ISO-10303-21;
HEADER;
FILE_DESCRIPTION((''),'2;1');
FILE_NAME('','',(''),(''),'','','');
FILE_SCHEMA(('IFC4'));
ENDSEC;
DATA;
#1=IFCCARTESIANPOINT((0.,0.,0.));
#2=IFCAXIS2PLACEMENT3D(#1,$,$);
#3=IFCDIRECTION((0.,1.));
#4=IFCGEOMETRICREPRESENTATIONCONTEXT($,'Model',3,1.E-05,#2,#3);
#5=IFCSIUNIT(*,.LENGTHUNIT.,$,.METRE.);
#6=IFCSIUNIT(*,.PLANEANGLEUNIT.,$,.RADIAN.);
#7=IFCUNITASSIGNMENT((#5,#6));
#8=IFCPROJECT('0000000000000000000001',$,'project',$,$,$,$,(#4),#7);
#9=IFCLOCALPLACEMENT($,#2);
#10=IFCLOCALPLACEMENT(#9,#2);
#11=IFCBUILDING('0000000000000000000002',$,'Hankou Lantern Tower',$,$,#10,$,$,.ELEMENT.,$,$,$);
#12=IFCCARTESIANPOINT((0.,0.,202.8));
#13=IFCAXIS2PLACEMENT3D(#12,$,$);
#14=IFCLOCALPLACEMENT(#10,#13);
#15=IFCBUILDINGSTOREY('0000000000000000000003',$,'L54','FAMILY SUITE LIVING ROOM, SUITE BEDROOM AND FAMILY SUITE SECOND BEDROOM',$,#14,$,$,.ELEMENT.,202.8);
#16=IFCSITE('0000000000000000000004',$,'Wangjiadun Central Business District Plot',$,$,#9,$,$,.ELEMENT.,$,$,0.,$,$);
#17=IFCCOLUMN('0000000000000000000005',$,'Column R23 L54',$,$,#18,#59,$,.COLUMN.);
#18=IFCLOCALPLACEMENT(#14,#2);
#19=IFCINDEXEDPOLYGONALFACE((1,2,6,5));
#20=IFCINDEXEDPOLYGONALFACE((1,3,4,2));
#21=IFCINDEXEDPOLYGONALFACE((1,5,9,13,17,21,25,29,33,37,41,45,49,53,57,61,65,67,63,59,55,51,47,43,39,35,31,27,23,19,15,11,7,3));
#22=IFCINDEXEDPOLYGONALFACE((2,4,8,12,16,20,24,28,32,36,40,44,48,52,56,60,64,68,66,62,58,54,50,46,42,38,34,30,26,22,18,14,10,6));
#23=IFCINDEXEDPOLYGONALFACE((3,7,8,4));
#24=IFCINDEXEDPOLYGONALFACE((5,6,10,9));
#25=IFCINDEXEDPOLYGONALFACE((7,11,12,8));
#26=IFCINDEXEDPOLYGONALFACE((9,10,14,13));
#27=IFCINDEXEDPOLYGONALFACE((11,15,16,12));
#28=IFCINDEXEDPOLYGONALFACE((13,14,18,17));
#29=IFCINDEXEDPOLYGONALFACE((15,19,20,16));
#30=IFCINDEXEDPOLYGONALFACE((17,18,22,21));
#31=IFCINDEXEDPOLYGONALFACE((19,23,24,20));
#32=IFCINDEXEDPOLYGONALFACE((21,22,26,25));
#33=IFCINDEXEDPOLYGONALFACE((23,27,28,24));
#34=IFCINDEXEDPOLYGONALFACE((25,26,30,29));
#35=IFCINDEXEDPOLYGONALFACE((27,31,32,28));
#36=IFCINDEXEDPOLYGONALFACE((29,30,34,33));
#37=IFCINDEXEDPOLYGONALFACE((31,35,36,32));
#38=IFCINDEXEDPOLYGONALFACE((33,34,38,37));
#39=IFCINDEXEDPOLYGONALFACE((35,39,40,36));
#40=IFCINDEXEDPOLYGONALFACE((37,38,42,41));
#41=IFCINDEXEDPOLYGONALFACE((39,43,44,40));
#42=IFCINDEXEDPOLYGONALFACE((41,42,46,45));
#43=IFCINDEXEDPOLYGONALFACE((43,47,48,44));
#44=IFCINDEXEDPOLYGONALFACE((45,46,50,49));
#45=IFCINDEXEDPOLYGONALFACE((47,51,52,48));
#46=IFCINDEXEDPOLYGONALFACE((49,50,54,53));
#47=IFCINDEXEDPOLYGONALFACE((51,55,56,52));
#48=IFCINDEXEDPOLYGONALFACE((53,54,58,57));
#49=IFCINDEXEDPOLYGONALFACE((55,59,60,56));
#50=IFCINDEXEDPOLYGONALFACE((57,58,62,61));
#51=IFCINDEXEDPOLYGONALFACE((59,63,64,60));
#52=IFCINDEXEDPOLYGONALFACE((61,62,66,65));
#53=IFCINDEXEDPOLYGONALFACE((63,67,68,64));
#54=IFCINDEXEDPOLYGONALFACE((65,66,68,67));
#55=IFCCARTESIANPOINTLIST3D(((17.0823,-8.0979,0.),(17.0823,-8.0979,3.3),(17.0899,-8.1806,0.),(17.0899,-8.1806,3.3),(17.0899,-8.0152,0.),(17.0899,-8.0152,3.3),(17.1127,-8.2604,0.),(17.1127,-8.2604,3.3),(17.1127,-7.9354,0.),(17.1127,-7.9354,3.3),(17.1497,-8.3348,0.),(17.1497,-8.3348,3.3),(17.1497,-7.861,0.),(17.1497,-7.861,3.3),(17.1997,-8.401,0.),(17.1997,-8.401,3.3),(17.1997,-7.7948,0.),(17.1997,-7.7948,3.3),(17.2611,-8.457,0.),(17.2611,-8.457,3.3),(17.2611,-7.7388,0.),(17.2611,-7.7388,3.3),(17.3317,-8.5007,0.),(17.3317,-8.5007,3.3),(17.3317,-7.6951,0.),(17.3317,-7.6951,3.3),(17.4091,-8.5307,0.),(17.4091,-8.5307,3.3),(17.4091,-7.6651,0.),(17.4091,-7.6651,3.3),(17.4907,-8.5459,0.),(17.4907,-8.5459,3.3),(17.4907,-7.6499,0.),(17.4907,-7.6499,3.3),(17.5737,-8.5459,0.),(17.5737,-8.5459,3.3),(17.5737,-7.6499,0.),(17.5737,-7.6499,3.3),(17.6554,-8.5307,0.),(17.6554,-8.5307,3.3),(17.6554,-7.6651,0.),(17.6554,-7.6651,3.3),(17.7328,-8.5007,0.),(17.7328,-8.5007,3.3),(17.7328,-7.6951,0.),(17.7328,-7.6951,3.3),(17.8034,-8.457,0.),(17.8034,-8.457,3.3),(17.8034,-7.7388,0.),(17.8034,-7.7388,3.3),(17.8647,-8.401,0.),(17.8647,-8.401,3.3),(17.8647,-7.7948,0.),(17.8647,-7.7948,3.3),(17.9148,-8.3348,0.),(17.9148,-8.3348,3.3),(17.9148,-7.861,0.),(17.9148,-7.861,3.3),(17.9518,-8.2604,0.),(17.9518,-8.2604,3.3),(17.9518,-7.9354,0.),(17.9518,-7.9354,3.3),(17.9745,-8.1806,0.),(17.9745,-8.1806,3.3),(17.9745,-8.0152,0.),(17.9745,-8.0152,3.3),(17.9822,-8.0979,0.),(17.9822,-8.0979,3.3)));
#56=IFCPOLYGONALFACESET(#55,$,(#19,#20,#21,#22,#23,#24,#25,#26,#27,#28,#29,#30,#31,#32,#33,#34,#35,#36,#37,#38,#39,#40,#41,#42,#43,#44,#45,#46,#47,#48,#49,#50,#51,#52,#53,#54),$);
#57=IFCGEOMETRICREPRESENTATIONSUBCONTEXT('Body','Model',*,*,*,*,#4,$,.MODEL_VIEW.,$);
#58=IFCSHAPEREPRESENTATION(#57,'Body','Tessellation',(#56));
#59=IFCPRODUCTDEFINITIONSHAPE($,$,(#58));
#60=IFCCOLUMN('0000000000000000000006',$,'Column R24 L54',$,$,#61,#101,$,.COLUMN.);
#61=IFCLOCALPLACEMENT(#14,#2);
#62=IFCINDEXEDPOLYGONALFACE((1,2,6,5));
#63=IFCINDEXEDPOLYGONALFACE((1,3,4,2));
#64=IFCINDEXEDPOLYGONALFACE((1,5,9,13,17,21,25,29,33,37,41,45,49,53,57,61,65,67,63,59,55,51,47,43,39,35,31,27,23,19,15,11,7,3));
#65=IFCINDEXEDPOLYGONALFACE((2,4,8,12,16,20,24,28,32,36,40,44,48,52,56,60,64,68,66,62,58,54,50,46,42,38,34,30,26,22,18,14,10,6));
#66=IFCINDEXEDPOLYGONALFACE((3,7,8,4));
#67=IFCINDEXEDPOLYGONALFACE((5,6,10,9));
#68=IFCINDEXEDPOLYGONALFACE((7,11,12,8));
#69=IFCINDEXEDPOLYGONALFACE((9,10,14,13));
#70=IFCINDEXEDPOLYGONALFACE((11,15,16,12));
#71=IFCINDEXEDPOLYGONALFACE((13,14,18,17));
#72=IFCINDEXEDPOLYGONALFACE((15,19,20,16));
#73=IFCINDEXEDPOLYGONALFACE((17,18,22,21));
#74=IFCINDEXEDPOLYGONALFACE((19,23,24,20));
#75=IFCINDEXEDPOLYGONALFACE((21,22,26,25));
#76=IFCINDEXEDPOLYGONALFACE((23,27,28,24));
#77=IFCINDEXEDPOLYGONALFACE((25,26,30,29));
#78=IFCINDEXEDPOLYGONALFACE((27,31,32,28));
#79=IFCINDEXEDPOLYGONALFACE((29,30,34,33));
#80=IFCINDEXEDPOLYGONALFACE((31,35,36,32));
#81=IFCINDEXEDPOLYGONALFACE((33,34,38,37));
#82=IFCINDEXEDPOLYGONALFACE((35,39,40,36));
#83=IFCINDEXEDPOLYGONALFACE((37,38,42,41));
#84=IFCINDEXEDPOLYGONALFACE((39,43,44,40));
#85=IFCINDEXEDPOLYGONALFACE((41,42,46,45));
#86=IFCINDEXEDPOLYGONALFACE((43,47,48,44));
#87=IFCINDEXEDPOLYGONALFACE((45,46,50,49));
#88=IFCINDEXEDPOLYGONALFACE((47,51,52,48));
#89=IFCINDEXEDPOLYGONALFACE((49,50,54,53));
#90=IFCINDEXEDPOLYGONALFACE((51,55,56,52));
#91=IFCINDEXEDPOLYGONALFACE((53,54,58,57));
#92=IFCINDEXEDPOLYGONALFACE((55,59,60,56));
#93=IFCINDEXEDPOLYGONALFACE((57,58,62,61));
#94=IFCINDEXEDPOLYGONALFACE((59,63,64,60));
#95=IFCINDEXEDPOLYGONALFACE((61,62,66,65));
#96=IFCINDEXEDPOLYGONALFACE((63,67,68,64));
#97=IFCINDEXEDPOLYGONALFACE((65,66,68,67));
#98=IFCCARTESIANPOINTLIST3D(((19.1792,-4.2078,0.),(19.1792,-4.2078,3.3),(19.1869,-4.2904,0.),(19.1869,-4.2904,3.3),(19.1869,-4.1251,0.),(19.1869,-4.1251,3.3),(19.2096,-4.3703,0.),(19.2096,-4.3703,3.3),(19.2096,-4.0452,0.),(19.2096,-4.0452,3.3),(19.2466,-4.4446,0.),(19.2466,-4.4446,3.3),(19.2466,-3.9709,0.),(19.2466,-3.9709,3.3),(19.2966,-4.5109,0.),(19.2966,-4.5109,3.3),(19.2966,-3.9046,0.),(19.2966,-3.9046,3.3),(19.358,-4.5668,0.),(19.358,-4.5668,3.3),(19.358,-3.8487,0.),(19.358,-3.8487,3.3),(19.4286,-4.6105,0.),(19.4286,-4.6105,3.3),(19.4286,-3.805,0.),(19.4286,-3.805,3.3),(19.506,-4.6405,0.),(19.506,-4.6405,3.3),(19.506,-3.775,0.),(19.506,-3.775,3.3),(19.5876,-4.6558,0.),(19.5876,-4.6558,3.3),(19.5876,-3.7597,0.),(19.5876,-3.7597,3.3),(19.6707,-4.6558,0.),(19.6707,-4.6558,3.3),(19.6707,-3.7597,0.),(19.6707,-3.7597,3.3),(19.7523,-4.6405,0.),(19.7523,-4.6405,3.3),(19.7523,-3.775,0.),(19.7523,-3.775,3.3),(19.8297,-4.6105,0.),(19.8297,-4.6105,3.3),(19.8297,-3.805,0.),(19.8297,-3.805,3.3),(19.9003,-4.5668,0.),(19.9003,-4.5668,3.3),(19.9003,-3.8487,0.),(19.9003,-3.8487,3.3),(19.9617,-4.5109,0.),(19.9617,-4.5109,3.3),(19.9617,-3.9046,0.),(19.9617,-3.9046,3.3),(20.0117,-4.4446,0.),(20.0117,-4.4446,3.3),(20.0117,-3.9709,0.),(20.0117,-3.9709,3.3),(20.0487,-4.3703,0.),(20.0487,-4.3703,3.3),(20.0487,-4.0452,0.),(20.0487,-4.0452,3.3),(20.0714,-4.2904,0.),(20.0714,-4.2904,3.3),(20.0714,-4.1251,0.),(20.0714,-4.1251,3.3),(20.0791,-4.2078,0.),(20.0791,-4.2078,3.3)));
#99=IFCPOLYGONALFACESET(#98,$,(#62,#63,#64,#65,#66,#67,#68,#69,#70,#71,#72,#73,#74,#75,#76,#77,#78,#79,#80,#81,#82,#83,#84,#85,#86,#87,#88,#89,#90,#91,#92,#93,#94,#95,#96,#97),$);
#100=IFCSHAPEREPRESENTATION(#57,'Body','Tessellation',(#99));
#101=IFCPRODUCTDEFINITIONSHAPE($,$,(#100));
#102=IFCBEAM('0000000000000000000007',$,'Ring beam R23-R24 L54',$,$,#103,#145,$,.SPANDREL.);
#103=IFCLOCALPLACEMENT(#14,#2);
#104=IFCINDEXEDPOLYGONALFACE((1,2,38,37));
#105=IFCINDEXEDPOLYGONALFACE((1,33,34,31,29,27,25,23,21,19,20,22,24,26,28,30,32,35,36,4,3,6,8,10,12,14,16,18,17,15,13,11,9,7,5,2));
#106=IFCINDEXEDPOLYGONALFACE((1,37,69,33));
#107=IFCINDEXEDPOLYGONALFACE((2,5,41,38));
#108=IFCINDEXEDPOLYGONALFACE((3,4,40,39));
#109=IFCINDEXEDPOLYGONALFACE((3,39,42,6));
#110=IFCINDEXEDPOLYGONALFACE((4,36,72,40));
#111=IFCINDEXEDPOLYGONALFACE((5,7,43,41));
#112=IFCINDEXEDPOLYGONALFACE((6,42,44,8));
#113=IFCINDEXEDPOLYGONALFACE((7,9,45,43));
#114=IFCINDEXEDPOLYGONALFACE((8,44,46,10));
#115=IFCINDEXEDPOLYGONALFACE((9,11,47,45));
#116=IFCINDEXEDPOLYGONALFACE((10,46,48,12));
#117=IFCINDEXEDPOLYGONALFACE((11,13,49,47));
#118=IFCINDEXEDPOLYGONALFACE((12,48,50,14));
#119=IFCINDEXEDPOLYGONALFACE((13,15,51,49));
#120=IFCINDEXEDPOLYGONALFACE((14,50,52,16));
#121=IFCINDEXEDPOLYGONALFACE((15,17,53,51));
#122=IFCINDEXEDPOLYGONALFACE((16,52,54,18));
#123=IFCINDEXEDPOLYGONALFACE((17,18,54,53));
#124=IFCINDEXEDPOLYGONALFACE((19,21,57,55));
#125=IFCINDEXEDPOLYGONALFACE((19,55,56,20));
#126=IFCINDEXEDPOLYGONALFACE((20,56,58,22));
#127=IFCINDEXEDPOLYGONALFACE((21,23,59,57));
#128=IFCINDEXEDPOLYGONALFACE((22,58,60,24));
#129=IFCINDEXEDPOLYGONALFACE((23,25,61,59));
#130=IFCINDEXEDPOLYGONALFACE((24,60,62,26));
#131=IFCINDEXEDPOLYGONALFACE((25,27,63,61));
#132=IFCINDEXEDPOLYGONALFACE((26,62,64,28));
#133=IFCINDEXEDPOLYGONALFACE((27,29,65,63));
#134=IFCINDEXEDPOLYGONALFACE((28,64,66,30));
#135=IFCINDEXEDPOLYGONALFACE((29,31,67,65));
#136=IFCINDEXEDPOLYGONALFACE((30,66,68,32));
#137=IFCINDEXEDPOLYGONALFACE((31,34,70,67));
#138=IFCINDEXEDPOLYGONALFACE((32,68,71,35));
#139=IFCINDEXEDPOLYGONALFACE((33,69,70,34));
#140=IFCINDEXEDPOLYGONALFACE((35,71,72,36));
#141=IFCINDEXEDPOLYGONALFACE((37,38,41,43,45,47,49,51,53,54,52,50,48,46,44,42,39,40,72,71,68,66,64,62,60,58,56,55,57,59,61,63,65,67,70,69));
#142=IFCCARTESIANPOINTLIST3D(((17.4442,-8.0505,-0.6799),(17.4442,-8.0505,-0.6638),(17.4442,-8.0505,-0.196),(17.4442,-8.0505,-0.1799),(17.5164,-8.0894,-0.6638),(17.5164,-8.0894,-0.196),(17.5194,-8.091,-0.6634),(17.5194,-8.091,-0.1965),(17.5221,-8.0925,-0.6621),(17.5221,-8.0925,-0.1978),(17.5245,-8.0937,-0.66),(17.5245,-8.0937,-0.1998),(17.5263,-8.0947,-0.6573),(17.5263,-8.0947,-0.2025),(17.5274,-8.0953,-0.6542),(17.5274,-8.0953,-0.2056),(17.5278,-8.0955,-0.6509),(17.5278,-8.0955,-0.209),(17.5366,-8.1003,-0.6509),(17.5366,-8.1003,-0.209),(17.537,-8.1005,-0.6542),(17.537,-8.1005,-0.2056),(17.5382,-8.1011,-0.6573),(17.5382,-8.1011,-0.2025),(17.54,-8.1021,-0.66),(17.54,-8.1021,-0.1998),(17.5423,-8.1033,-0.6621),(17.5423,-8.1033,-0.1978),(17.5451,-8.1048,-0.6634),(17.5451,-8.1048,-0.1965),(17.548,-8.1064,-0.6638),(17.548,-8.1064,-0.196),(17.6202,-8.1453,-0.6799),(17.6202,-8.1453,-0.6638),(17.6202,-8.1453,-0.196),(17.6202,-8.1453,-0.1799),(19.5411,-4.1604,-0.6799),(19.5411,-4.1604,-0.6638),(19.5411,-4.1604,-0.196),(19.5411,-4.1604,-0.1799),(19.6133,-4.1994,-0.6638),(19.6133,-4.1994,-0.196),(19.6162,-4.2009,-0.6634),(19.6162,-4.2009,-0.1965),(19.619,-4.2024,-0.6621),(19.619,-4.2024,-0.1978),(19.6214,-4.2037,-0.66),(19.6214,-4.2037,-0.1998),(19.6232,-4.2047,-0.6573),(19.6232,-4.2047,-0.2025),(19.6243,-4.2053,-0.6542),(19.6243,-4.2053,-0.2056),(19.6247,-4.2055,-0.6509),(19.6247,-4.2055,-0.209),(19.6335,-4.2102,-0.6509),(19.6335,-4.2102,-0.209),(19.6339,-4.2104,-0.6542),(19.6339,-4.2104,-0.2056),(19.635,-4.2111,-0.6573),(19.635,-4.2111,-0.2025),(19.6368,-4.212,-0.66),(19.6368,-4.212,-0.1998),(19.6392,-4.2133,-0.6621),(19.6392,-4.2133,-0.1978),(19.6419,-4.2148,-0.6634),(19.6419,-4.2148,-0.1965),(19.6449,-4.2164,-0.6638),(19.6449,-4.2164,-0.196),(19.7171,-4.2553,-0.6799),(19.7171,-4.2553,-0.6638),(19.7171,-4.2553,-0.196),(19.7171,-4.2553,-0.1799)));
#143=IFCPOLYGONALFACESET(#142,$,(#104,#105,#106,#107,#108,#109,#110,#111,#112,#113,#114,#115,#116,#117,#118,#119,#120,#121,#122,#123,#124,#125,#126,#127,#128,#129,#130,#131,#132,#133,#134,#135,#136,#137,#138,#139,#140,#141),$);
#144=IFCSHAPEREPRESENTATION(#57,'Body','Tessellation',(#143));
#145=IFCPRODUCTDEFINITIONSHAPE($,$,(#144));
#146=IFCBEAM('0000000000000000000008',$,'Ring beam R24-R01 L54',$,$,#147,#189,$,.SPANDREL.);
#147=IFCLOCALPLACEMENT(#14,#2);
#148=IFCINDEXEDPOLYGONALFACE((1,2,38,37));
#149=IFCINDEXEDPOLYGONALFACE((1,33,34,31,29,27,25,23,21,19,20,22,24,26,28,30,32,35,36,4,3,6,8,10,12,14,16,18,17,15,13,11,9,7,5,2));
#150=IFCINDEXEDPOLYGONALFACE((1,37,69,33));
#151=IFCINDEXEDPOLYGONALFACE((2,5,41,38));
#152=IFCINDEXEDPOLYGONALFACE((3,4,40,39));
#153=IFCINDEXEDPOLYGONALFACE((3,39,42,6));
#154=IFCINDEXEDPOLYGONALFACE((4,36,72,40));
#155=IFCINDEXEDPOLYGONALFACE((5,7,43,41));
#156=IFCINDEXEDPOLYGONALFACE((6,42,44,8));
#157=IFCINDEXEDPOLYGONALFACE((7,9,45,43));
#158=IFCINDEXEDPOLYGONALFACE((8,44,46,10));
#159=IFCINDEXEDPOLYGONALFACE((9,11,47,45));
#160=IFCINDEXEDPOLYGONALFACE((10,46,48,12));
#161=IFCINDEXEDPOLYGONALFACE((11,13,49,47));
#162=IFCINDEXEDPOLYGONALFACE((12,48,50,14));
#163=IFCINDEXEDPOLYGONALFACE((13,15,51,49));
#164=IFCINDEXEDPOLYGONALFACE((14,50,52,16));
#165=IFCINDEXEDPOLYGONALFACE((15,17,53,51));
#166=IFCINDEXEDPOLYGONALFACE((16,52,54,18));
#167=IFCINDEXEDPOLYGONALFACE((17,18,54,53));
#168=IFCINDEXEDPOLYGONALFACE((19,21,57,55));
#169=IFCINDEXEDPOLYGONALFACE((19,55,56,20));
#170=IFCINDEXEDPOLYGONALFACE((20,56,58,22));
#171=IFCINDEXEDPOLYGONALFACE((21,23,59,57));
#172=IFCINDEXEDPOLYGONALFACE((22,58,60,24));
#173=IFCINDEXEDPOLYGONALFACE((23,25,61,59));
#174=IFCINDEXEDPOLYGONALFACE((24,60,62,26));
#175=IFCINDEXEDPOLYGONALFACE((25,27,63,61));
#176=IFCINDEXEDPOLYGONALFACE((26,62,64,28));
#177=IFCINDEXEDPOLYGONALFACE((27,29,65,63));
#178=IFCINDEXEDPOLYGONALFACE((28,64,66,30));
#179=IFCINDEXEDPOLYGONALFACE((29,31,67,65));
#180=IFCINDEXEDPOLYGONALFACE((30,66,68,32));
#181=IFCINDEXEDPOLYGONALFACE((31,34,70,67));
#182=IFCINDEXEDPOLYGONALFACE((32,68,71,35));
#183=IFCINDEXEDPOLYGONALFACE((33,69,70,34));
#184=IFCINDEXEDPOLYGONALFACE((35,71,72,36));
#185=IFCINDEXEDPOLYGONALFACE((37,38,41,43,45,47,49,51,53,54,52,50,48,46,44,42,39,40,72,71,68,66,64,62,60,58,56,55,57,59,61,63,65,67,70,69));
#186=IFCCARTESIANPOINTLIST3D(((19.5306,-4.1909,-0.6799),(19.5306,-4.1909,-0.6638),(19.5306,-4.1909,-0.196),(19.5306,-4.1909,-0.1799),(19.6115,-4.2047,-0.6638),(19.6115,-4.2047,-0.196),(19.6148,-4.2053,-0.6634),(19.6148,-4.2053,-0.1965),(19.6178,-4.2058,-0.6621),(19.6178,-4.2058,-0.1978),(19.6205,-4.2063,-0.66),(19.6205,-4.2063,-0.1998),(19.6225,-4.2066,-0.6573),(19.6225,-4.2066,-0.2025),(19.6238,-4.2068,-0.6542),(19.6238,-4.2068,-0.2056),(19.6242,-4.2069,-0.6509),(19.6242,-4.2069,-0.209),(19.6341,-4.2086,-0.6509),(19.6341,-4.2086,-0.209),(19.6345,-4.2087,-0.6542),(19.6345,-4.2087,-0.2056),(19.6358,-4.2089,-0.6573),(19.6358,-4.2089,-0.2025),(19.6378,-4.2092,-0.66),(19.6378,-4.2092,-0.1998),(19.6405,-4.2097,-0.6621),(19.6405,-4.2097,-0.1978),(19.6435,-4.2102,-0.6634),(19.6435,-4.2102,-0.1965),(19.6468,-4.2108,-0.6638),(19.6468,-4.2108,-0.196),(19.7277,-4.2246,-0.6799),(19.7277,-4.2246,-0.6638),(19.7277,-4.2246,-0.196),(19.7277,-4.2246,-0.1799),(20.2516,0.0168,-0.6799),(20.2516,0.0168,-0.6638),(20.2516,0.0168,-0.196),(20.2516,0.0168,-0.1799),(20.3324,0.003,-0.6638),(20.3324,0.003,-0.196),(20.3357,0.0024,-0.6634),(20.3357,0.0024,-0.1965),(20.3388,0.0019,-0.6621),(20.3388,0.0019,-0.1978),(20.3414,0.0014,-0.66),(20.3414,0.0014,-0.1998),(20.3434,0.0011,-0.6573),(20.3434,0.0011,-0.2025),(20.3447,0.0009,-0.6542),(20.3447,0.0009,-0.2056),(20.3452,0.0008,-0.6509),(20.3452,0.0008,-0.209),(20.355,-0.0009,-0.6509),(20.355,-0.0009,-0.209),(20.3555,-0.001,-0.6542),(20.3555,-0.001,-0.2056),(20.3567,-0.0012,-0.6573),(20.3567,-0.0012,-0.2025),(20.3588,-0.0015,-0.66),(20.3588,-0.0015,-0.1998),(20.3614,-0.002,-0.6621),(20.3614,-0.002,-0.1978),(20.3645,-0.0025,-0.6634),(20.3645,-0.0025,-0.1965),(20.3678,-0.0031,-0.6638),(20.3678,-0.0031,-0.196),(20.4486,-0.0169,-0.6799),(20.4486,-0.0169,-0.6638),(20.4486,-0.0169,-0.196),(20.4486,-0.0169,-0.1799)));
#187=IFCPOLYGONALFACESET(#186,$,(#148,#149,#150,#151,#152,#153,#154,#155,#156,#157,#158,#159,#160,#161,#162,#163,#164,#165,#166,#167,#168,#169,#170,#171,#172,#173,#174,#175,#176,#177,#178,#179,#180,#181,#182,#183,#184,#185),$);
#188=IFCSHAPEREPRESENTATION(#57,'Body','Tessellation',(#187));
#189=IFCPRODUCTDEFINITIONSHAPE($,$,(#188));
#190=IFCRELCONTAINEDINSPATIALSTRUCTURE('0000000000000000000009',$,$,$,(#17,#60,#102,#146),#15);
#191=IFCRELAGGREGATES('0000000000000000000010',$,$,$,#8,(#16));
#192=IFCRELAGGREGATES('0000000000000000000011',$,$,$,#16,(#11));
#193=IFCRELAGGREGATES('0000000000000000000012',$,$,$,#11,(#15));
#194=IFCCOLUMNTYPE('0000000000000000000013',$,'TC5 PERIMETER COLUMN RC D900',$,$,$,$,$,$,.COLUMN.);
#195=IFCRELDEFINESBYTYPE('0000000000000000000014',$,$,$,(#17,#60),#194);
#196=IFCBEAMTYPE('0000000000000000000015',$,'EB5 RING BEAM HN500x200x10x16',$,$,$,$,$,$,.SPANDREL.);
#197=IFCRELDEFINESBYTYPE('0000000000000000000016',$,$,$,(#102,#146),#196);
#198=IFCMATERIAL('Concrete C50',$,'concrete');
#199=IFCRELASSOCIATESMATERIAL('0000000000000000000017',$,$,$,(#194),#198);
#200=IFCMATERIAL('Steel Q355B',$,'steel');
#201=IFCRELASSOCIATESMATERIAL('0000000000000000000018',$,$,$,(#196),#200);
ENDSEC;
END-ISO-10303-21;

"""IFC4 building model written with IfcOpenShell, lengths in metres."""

from ifc_helpers import new_model, si_unit, direction, frame, origin, origin_2d, place, context, subcontext, project, spatial, circle, i_section, extrude, material, material_profile, profile_set, type_object, element, save


model = new_model("IFC4")

# Units and contexts
model_context = context("Model", 3, precision=1e-05, world=origin(), true_north=direction((0.0, 1.0)))
body_context = subcontext(model_context, "Body", "Model", "MODEL_VIEW")
ifc_project = project(units=[si_unit("LENGTHUNIT", "METRE"), si_unit("PLANEANGLEUNIT", "RADIAN")], contexts=[model_context])

# Site, building, storey
site_placement = place(None, origin())
site = spatial("IfcSite", under=ifc_project, at=site_placement, Name="Wangjiadun Central Business District Plot", CompositionType="ELEMENT", RefElevation=0.0)
building_placement = place(site_placement, origin())
building = spatial("IfcBuilding", under=site, at=building_placement, Name="Hankou Lantern Tower", CompositionType="ELEMENT")
storey_placement = place(building_placement, frame((0.0, 0.0, 202.8)))
storey = spatial("IfcBuildingStorey", under=building, at=storey_placement, Name="L54", Description="FAMILY SUITE LIVING ROOM, SUITE BEDROOM AND FAMILY SUITE SECOND BEDROOM", CompositionType="ELEMENT", Elevation=202.8)

# Columns
ifc_material_1 = material(Name="Concrete C50", Category="concrete")
ifc_material_profile_1 = material_profile(ifc_material_1, circle(Radius=0.45, at=origin_2d()), Name="RC D900")
ifc_profile_set_1 = profile_set([ifc_material_profile_1], Name="Concrete C50")
column_type = type_object("IfcColumnType", Name="TC5 PERIMETER COLUMN RC D900", PredefinedType="COLUMN", material=ifc_profile_set_1)
for number, where, z_axis, x_axis, name in (
    (1, (17.5322, -8.0979, 0.0), (0.0, 0.0, 1.0), (1.0, 0.0, 0.0), "Column R23 L54"),
    (2, (19.6292, -4.2078, 0.0), (0.0, 0.0, 1.0), (1.0, 0.0, 0.0), "Column R24 L54"),
):
    element("IfcColumn", number, at=place(storey_placement, frame(where, z_axis=z_axis, x_axis=x_axis)), inside=storey, type_object=column_type, Name=name, PredefinedType="COLUMN", context=body_context, shape_type="SweptSolid", body=[
        extrude(circle(Radius=0.45, at=origin_2d()), origin(), (0.0, 0.0, 1.0), 3.3),
    ])

# Beams
ifc_material_2 = material(Name="Steel Q355B", Category="steel")
ifc_material_profile_2 = material_profile(ifc_material_2, i_section(OverallWidth=0.2, OverallDepth=0.5, WebThickness=0.01, FlangeThickness=0.0161, FilletRadius=0.0129, at=origin_2d()), Name="HN500x200x10x16")
ifc_profile_set_2 = profile_set([ifc_material_profile_2], Name="Steel Q355B")
beam_type_1 = type_object("IfcBeamType", Name="EB5 RING BEAM HN500x200x10x16", PredefinedType="SPANDREL", material=ifc_profile_set_2)
beam_1_placement = place(storey_placement, frame((17.5322, -8.0979, -0.4299), z_axis=(0.474492, 0.88026, 0.0), x_axis=(-0.88026, 0.474492, 0.0)))
element("IfcBeam", 3, at=beam_1_placement, inside=storey, type_object=beam_type_1, Name="Ring beam R23-R24 L54", PredefinedType="SPANDREL", context=body_context, shape_type="SweptSolid", body=[
    extrude(i_section(OverallWidth=0.2, OverallDepth=0.5, WebThickness=0.01, FlangeThickness=0.0161, FilletRadius=0.0129, at=origin_2d()), origin(), (0.0, 0.0, 1.0), 4.4192),
])
beam_2_placement = place(storey_placement, frame((19.6292, -4.2078, -0.4299), z_axis=(0.168877, 0.985637, 0.0), x_axis=(-0.985637, 0.168877, 0.0)))
element("IfcBeam", 4, at=beam_2_placement, inside=storey, type_object=beam_type_1, Name="Ring beam R24-R01 L54", PredefinedType="SPANDREL", context=body_context, shape_type="SweptSolid", body=[
    extrude(i_section(OverallWidth=0.2, OverallDepth=0.5, WebThickness=0.01, FlangeThickness=0.0161, FilletRadius=0.0129, at=origin_2d()), origin(), (0.0, 0.0, 1.0), 4.269),
])

save(model, "model.ifc")
